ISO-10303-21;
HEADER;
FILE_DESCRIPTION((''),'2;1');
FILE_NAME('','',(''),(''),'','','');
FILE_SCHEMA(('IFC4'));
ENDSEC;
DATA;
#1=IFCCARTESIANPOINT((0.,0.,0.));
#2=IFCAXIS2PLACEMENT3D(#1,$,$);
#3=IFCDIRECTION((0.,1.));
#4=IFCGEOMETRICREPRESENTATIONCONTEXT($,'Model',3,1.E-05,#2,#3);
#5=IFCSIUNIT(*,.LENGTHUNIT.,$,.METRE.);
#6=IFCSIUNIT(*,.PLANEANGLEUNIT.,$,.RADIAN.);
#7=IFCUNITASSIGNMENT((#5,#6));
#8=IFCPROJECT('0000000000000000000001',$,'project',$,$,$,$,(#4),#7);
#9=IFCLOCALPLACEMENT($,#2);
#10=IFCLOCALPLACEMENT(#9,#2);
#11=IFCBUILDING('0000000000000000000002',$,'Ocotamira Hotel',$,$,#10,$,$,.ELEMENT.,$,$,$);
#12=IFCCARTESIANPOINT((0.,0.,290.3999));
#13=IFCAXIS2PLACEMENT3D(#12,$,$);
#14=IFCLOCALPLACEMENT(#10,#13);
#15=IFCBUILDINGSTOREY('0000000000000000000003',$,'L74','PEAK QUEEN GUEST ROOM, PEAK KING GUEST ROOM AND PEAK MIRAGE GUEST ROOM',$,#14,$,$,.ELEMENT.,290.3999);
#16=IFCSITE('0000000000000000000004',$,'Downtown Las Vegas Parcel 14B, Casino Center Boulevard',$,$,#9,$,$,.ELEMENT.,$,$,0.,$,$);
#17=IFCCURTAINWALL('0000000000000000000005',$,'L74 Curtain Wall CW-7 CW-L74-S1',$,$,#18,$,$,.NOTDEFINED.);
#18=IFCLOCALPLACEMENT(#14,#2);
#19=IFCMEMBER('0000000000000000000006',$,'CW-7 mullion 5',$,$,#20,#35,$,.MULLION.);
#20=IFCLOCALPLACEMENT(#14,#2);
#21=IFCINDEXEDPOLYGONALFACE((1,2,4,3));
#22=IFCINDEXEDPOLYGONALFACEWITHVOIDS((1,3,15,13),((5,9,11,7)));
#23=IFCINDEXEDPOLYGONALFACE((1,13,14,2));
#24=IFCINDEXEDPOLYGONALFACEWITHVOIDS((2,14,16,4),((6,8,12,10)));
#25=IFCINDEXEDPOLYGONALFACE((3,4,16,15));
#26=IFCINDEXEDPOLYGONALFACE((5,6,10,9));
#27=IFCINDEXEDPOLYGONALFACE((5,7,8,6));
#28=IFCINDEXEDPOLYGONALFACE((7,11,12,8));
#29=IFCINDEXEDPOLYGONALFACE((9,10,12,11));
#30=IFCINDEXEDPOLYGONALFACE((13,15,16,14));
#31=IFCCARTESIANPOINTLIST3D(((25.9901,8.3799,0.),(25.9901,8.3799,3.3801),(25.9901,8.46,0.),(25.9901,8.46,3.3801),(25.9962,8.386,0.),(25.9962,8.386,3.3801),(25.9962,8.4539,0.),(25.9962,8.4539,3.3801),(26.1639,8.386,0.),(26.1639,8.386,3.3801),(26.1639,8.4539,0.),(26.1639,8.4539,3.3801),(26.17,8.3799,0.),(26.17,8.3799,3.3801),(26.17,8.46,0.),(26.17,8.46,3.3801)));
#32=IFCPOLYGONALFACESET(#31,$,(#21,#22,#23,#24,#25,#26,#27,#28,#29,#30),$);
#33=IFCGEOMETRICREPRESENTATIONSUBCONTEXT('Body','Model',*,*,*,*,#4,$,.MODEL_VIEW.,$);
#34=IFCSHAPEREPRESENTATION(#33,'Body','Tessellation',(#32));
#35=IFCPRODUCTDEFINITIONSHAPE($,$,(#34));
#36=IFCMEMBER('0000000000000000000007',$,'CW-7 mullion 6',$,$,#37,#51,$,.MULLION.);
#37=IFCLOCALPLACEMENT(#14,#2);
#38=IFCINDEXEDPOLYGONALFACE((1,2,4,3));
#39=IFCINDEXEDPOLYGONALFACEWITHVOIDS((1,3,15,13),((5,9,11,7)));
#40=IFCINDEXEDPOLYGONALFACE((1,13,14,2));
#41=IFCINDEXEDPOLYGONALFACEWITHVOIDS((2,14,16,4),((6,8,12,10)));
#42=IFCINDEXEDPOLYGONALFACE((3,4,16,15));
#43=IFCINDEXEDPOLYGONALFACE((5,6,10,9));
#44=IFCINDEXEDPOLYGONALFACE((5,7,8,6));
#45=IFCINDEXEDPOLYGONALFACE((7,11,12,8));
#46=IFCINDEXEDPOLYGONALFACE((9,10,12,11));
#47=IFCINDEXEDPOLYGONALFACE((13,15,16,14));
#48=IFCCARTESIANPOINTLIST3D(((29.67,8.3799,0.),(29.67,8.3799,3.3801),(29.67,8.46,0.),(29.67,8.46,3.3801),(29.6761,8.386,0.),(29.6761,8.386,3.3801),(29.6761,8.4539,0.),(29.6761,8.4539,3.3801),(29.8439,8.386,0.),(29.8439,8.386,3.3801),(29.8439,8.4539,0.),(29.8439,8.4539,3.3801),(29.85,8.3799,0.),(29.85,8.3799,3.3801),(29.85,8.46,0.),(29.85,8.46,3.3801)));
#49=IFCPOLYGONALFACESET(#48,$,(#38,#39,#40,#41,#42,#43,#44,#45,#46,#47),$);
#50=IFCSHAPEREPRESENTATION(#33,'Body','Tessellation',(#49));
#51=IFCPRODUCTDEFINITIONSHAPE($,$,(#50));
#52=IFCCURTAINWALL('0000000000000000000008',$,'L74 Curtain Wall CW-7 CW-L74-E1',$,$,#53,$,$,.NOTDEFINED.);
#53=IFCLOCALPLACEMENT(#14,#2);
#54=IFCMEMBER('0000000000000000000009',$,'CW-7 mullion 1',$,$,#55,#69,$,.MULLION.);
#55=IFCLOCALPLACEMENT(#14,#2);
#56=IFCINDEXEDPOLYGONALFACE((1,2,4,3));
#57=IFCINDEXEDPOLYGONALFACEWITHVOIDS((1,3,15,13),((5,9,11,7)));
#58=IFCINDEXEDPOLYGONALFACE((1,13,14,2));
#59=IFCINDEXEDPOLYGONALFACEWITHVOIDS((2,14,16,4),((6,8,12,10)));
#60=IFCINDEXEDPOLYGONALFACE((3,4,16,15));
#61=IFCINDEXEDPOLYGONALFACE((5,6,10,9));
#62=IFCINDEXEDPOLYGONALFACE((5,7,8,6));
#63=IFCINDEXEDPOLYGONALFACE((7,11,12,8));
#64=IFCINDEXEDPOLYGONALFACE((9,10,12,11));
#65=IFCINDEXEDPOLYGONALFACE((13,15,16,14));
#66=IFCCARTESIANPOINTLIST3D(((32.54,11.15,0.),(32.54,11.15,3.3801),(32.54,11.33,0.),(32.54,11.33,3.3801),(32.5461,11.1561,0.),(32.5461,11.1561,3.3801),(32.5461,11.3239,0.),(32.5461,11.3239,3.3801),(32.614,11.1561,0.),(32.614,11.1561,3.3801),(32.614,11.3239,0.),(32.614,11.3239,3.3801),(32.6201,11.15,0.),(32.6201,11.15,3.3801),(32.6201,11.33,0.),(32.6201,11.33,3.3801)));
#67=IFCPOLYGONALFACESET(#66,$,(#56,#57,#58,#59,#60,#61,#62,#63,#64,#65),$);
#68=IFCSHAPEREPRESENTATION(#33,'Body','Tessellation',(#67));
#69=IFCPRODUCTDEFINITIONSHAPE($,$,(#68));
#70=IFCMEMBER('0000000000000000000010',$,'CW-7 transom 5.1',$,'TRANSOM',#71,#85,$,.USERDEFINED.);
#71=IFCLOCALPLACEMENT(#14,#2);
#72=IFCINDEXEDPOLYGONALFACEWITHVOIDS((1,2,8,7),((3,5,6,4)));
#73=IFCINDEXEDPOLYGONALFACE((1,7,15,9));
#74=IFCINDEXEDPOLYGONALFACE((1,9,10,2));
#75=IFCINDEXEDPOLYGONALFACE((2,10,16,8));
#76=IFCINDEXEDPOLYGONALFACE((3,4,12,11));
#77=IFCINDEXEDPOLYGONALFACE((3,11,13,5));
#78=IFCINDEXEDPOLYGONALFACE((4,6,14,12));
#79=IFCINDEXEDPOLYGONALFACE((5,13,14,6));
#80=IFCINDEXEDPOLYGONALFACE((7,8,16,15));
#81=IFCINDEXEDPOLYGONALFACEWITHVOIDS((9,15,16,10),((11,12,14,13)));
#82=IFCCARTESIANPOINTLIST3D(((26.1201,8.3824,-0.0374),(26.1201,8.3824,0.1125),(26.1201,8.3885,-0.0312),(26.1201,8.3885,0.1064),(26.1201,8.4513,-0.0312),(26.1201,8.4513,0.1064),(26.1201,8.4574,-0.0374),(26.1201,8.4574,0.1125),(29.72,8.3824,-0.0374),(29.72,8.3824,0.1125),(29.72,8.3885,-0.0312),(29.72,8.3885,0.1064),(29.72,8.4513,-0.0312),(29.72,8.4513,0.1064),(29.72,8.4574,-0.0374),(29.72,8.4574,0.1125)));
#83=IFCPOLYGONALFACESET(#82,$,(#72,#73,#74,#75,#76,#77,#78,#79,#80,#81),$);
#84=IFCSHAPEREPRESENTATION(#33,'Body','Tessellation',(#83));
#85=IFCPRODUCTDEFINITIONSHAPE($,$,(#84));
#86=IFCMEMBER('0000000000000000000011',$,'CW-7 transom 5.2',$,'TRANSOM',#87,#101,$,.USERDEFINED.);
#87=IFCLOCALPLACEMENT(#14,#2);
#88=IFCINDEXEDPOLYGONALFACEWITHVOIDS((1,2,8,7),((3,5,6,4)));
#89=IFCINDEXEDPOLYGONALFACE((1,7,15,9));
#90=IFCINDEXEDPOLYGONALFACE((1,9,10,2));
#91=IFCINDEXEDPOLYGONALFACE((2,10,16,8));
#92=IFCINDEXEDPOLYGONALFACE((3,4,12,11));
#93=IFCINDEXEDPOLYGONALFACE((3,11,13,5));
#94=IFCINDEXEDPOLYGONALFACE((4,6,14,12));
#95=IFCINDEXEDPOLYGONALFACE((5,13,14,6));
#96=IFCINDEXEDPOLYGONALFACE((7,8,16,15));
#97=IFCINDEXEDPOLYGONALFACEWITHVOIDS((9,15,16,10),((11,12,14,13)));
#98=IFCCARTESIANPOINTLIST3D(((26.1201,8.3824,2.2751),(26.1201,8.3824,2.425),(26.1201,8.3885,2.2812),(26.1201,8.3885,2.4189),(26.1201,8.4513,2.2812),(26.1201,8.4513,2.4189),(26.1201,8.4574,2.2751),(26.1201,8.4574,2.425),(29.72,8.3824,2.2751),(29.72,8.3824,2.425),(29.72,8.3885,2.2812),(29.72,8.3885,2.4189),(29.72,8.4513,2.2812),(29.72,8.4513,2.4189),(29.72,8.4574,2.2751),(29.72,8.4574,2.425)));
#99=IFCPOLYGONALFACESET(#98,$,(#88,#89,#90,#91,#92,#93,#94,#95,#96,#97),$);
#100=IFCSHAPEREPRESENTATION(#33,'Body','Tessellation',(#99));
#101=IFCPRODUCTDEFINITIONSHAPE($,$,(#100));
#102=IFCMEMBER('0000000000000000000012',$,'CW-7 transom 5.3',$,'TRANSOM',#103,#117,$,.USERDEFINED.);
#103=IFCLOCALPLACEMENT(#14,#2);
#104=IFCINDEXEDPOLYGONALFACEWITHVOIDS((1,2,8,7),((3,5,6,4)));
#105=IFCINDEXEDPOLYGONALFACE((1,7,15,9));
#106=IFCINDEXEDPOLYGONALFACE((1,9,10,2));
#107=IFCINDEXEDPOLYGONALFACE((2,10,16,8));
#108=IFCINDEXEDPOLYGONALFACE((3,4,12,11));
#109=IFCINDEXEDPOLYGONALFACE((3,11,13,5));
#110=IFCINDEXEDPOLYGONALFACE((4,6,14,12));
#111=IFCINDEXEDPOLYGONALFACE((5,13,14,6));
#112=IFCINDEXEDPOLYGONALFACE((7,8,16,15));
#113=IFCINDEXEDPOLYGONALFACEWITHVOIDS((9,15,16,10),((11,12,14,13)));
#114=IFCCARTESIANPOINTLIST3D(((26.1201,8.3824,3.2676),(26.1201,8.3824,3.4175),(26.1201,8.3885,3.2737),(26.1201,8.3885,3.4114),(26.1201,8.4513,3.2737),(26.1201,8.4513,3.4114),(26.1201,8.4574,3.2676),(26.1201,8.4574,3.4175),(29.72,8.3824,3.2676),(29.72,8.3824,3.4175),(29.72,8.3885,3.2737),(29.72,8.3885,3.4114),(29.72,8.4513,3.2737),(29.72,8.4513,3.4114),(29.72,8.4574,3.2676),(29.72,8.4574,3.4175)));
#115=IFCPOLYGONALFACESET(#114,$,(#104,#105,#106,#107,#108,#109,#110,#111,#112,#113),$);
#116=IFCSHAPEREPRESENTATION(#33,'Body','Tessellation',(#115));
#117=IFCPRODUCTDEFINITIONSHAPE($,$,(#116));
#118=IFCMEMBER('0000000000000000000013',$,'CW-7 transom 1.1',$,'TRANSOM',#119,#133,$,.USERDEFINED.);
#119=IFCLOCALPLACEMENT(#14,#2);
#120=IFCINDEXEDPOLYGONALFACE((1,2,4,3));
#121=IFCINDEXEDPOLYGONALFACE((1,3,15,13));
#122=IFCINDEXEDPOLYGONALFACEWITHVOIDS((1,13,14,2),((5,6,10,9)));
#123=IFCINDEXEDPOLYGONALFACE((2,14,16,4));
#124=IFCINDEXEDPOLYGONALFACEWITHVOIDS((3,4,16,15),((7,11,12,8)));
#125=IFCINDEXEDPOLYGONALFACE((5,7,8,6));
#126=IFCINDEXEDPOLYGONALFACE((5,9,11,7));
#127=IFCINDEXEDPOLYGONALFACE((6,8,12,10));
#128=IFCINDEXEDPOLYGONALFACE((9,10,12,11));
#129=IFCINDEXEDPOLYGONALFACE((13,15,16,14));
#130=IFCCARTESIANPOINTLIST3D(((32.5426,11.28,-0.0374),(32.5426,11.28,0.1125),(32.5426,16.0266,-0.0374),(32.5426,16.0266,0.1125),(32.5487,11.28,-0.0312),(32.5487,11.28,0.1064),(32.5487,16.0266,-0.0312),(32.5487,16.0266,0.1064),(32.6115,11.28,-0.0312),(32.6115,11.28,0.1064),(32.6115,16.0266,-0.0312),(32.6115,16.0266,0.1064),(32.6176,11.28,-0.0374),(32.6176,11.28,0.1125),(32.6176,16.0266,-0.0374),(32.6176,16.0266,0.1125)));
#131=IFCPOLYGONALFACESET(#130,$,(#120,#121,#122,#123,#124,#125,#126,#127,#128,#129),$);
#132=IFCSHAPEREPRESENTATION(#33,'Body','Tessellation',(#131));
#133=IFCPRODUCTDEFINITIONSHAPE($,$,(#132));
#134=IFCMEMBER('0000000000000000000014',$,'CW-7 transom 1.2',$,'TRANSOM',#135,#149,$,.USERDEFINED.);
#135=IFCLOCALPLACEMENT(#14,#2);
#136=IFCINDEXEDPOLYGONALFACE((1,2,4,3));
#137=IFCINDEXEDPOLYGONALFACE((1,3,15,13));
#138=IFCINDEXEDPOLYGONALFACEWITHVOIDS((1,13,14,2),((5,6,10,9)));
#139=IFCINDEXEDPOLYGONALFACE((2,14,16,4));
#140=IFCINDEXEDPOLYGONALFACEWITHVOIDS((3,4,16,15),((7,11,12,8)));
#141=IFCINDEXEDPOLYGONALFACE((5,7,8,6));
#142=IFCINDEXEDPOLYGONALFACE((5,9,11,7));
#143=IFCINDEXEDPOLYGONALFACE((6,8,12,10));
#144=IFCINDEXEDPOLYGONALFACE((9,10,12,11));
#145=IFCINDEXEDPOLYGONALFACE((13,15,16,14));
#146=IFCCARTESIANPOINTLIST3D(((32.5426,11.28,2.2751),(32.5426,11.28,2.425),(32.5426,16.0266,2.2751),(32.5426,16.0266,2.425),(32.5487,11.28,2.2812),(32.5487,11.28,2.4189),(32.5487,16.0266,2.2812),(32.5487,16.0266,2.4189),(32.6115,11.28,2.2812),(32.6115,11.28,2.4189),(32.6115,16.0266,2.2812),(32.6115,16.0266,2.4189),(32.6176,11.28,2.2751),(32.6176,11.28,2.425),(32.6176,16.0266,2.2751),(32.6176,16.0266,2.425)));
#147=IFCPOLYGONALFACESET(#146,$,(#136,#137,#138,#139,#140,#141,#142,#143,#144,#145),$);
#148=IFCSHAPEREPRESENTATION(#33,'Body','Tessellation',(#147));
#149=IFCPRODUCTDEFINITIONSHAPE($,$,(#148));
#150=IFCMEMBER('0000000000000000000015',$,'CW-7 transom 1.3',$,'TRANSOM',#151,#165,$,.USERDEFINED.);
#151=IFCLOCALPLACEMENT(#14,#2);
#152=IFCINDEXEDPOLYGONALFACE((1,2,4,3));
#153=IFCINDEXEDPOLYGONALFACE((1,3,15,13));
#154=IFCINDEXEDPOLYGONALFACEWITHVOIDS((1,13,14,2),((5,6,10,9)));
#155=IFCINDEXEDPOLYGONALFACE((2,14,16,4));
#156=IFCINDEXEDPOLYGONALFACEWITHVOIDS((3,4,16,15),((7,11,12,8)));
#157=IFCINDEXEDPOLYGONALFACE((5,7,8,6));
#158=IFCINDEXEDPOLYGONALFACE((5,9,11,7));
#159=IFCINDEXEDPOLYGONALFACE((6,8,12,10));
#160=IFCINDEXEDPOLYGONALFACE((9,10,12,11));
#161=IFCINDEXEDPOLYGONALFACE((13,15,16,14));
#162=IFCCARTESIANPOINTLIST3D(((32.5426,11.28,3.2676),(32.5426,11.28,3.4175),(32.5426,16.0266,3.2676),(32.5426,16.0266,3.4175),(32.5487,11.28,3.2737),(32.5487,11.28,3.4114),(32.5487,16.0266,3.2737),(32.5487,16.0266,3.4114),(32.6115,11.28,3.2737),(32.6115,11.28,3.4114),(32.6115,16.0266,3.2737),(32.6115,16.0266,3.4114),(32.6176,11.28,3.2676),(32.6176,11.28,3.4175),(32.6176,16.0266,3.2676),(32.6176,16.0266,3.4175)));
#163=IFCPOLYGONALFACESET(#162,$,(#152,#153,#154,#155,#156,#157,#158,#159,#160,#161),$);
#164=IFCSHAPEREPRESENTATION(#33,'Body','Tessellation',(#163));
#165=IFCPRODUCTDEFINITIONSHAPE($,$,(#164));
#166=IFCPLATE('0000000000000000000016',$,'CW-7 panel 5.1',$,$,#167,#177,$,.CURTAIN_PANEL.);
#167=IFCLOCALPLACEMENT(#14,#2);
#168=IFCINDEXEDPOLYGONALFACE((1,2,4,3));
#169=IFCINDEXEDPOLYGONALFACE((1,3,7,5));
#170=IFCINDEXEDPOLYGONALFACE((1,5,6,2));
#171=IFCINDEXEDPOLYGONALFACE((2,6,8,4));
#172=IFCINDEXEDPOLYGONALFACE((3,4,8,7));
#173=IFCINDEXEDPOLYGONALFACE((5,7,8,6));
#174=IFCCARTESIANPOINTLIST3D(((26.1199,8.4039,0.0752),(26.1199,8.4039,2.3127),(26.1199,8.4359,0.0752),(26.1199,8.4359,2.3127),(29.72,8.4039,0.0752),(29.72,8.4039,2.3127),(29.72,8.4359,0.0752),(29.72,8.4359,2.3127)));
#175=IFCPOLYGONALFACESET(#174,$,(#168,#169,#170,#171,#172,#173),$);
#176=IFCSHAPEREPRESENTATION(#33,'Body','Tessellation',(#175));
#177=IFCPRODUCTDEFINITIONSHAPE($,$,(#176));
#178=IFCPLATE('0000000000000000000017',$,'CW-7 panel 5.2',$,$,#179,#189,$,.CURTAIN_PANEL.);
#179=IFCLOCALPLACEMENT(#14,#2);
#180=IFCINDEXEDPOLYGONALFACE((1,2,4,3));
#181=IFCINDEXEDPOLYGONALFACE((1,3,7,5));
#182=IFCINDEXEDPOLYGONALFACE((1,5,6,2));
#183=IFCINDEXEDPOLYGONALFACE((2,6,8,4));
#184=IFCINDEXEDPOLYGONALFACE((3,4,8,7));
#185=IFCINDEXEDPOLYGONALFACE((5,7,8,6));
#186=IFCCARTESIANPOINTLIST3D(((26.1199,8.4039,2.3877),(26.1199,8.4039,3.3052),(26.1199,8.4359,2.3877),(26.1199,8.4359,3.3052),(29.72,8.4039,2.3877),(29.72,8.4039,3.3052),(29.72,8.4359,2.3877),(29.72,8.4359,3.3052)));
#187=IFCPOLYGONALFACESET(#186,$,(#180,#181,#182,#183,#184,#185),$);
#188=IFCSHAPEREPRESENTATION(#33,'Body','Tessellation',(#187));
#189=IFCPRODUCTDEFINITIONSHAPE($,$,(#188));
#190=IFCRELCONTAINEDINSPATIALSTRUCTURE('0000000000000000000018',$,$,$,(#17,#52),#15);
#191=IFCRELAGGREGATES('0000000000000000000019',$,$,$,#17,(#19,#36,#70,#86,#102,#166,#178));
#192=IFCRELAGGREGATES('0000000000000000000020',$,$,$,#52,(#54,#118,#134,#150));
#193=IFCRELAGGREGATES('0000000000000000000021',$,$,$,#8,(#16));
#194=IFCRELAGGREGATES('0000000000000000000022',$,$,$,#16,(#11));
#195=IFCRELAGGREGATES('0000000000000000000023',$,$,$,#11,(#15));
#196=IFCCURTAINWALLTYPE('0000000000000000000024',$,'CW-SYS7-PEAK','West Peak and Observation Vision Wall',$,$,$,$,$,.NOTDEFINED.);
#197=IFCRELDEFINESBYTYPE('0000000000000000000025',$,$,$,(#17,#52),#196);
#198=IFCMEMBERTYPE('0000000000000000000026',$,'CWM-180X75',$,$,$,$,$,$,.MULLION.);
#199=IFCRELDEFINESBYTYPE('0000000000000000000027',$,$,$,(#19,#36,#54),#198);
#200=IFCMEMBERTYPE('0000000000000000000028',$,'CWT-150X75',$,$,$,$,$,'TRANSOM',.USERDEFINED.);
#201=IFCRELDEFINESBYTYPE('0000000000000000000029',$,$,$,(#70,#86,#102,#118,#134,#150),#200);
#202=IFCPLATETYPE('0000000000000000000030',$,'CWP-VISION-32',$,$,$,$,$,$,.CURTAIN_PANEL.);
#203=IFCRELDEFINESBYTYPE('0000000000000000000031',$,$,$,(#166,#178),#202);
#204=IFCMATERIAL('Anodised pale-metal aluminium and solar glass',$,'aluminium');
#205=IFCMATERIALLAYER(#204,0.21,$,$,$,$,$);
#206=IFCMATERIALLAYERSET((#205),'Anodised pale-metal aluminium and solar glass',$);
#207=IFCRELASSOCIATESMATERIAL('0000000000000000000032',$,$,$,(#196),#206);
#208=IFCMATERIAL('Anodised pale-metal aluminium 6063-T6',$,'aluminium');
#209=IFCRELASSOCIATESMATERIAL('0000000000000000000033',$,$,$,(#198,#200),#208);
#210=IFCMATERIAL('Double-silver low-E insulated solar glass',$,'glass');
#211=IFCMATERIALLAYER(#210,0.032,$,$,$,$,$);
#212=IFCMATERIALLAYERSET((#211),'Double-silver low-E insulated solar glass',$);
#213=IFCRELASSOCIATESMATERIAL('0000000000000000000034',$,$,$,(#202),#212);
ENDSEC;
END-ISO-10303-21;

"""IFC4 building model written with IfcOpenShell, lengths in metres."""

from ifc_helpers import new_model, si_unit, direction, frame, origin, origin_2d, place, context, subcontext, project, spatial, rectangle, hollow_rectangle, extrude, source, transform, mapped, material, layer, layer_set, material_profile, profile_set, type_object, element, aggregate, save


model = new_model("IFC4")

# Units and contexts
model_context = context("Model", 3, precision=1e-05, world=origin(), true_north=direction((0.0, 1.0)))
body_context = subcontext(model_context, "Body", "Model", "MODEL_VIEW")
ifc_project = project(units=[si_unit("LENGTHUNIT", "METRE"), si_unit("PLANEANGLEUNIT", "RADIAN")], contexts=[model_context])

# Site, building, storey
site_placement = place(None, origin())
site = spatial("IfcSite", under=ifc_project, at=site_placement, Name="Downtown Las Vegas Parcel 14B, Casino Center Boulevard", CompositionType="ELEMENT", RefElevation=0.0)
building_placement = place(site_placement, origin())
building = spatial("IfcBuilding", under=site, at=building_placement, Name="Ocotamira Hotel", CompositionType="ELEMENT")
storey_placement = place(building_placement, frame((0.0, 0.0, 290.3999)))
storey = spatial("IfcBuildingStorey", under=building, at=storey_placement, Name="L74", Description="PEAK QUEEN GUEST ROOM, PEAK KING GUEST ROOM AND PEAK MIRAGE GUEST ROOM", CompositionType="ELEMENT", Elevation=290.3999)

# Curtain wall, members
ifc_material_1 = material(Name="Anodised pale-metal aluminium and solar glass", Category="aluminium")
ifc_layer_1 = layer(ifc_material_1, 0.21)
ifc_layer_set_1 = layer_set([ifc_layer_1], Name="Anodised pale-metal aluminium and solar glass")
curtain_wall_type = type_object("IfcCurtainWallType", Name="CW-SYS7-PEAK", Description="West Peak and Observation Vision Wall", PredefinedType="NOTDEFINED", material=ifc_layer_set_1)
curtain_wall_1_placement = place(storey_placement, origin())
curtain_wall_1 = element("IfcCurtainWall", 1, at=curtain_wall_1_placement, inside=storey, type_object=curtain_wall_type, Name="L74 Curtain Wall CW-7 CW-L74-S1", PredefinedType="NOTDEFINED")
ifc_material_2 = material(Name="Anodised pale-metal aluminium 6063-T6", Category="aluminium")
ifc_material_profile_1 = material_profile(ifc_material_2, hollow_rectangle(XDim=0.0801, YDim=0.1799, WallThickness=0.0061, at=origin_2d()), Name="HSS180X80X6")
ifc_profile_set_1 = profile_set([ifc_material_profile_1], Name="Anodised pale-metal aluminium 6063-T6")
member_type_1 = type_object("IfcMemberType", Name="CWM-180X75", PredefinedType="MULLION", material=ifc_profile_set_1)
shared_shape_1 = source(origin(), body_context, "Body", "SweptSolid", [
    extrude(hollow_rectangle(XDim=0.0801, YDim=0.1799, WallThickness=0.0061, at=origin_2d()), origin(), (0.0, 0.0, 1.0), 3.3801),
])
member_1_placement = place(storey_placement, frame((26.0801, 8.4199, 0.0), z_axis=(0.0, 0.0, 1.0), x_axis=(0.0, 1.0, 0.0)))
member_1 = element("IfcMember", 2, at=member_1_placement, type_object=member_type_1, Name="CW-7 mullion 5", PredefinedType="MULLION", context=body_context, shape_type="MappedRepresentation", body=[
    mapped(shared_shape_1, transform((0.0, 0.0, 0.0), scale=1.0)),
])
member_2_placement = place(storey_placement, frame((29.76, 8.4199, 0.0), z_axis=(0.0, 0.0, 1.0), x_axis=(0.0, 1.0, 0.0)))
member_2 = element("IfcMember", 3, at=member_2_placement, type_object=member_type_1, Name="CW-7 mullion 6", PredefinedType="MULLION", context=body_context, shape_type="MappedRepresentation", body=[
    mapped(shared_shape_1, transform((0.0, 0.0, 0.0), scale=1.0)),
])

# Curtain wall, member
curtain_wall_2_placement = place(storey_placement, origin())
curtain_wall_2 = element("IfcCurtainWall", 4, at=curtain_wall_2_placement, inside=storey, type_object=curtain_wall_type, Name="L74 Curtain Wall CW-7 CW-L74-E1", PredefinedType="NOTDEFINED")
member_3_placement = place(storey_placement, frame((32.5801, 11.24, 0.0), z_axis=(0.0, 0.0, 1.0), x_axis=(-1.0, 0.0, 0.0)))
member_3 = element("IfcMember", 5, at=member_3_placement, type_object=member_type_1, Name="CW-7 mullion 1", PredefinedType="MULLION", context=body_context, shape_type="MappedRepresentation", body=[
    mapped(shared_shape_1, transform((0.0, 0.0, 0.0), scale=1.0)),
])

# Members
ifc_material_profile_2 = material_profile(ifc_material_2, hollow_rectangle(XDim=0.075, YDim=0.1499, WallThickness=0.0061, at=origin_2d()), Name="HSS150X75X6")
ifc_profile_set_2 = profile_set([ifc_material_profile_2], Name="Anodised pale-metal aluminium 6063-T6")
member_type_2 = type_object("IfcMemberType", Name="CWT-150X75", ElementType="TRANSOM", PredefinedType="USERDEFINED", material=ifc_profile_set_2)
shared_shape_2 = source(origin(), body_context, "Body", "SweptSolid", [
    extrude(hollow_rectangle(XDim=0.075, YDim=0.1499, WallThickness=0.0061, at=origin_2d()), origin(), (0.0, 0.0, 1.0), 3.5999),
])
member_4_placement = place(storey_placement, frame((26.1201, 8.4199, 0.0376), z_axis=(1.0, 0.0, 0.0), x_axis=(0.0, 1.0, 0.0)))
member_4 = element("IfcMember", 6, at=member_4_placement, type_object=member_type_2, Name="CW-7 transom 5.1", ObjectType="TRANSOM", PredefinedType="USERDEFINED", context=body_context, shape_type="MappedRepresentation", body=[
    mapped(shared_shape_2, transform((0.0, 0.0, 0.0), scale=1.0)),
])
member_5_placement = place(storey_placement, frame((26.1201, 8.4199, 2.3501), z_axis=(1.0, 0.0, 0.0), x_axis=(0.0, 1.0, 0.0)))
member_5 = element("IfcMember", 7, at=member_5_placement, type_object=member_type_2, Name="CW-7 transom 5.2", ObjectType="TRANSOM", PredefinedType="USERDEFINED", context=body_context, shape_type="MappedRepresentation", body=[
    mapped(shared_shape_2, transform((0.0, 0.0, 0.0), scale=1.0)),
])
member_6_placement = place(storey_placement, frame((26.1201, 8.4199, 3.3425), z_axis=(1.0, 0.0, 0.0), x_axis=(0.0, 1.0, 0.0)))
member_6 = element("IfcMember", 8, at=member_6_placement, type_object=member_type_2, Name="CW-7 transom 5.3", ObjectType="TRANSOM", PredefinedType="USERDEFINED", context=body_context, shape_type="MappedRepresentation", body=[
    mapped(shared_shape_2, transform((0.0, 0.0, 0.0), scale=1.0)),
])
shared_shape_3 = source(origin(), body_context, "Body", "SweptSolid", [
    extrude(hollow_rectangle(XDim=0.075, YDim=0.1499, WallThickness=0.0061, at=origin_2d()), origin(), (0.0, 0.0, 1.0), 4.7466),
])
member_7_placement = place(storey_placement, frame((32.5801, 11.28, 0.0376), z_axis=(0.0, 1.0, 0.0), x_axis=(-1.0, 0.0, 0.0)))
member_7 = element("IfcMember", 9, at=member_7_placement, type_object=member_type_2, Name="CW-7 transom 1.1", ObjectType="TRANSOM", PredefinedType="USERDEFINED", context=body_context, shape_type="MappedRepresentation", body=[
    mapped(shared_shape_3, transform((0.0, 0.0, 0.0), scale=1.0)),
])
member_8_placement = place(storey_placement, frame((32.5801, 11.28, 2.3501), z_axis=(0.0, 1.0, 0.0), x_axis=(-1.0, 0.0, 0.0)))
member_8 = element("IfcMember", 10, at=member_8_placement, type_object=member_type_2, Name="CW-7 transom 1.2", ObjectType="TRANSOM", PredefinedType="USERDEFINED", context=body_context, shape_type="MappedRepresentation", body=[
    mapped(shared_shape_3, transform((0.0, 0.0, 0.0), scale=1.0)),
])
member_9_placement = place(storey_placement, frame((32.5801, 11.28, 3.3425), z_axis=(0.0, 1.0, 0.0), x_axis=(-1.0, 0.0, 0.0)))
member_9 = element("IfcMember", 11, at=member_9_placement, type_object=member_type_2, Name="CW-7 transom 1.3", ObjectType="TRANSOM", PredefinedType="USERDEFINED", context=body_context, shape_type="MappedRepresentation", body=[
    mapped(shared_shape_3, transform((0.0, 0.0, 0.0), scale=1.0)),
])

# Plates
ifc_material_3 = material(Name="Double-silver low-E insulated solar glass", Category="glass")
ifc_layer_2 = layer(ifc_material_3, 0.032)
ifc_layer_set_2 = layer_set([ifc_layer_2], Name="Double-silver low-E insulated solar glass")
plate_type = type_object("IfcPlateType", Name="CWP-VISION-32", PredefinedType="CURTAIN_PANEL", material=ifc_layer_set_2)
shared_shape_4 = source(origin(), body_context, "Body", "SweptSolid", [
    extrude(rectangle(XDim=3.6001, YDim=0.032, at=origin_2d()), origin(), (0.0, 0.0, 1.0), 2.2375),
])
plate_1_placement = place(storey_placement, frame((27.9199, 8.4199, 0.0752), z_axis=(0.0, 0.0, 1.0), x_axis=(1.0, 0.0, 0.0)))
plate_1 = element("IfcPlate", 12, at=plate_1_placement, type_object=plate_type, Name="CW-7 panel 5.1", PredefinedType="CURTAIN_PANEL", context=body_context, shape_type="MappedRepresentation", body=[
    mapped(shared_shape_4, transform((0.0, 0.0, 0.0), scale=1.0)),
])
shared_shape_5 = source(origin(), body_context, "Body", "SweptSolid", [
    extrude(rectangle(XDim=3.6001, YDim=0.032, at=origin_2d()), origin(), (0.0, 0.0, 1.0), 0.9175),
])
plate_2_placement = place(storey_placement, frame((27.9199, 8.4199, 2.3877), z_axis=(0.0, 0.0, 1.0), x_axis=(1.0, 0.0, 0.0)))
plate_2 = element("IfcPlate", 13, at=plate_2_placement, type_object=plate_type, Name="CW-7 panel 5.2", PredefinedType="CURTAIN_PANEL", context=body_context, shape_type="MappedRepresentation", body=[
    mapped(shared_shape_5, transform((0.0, 0.0, 0.0), scale=1.0)),
])
aggregate(curtain_wall_1, [member_1, member_2, member_4, member_5, member_6, plate_1, plate_2])
aggregate(curtain_wall_2, [member_3, member_7, member_8, member_9])

save(model, "model.ifc")
